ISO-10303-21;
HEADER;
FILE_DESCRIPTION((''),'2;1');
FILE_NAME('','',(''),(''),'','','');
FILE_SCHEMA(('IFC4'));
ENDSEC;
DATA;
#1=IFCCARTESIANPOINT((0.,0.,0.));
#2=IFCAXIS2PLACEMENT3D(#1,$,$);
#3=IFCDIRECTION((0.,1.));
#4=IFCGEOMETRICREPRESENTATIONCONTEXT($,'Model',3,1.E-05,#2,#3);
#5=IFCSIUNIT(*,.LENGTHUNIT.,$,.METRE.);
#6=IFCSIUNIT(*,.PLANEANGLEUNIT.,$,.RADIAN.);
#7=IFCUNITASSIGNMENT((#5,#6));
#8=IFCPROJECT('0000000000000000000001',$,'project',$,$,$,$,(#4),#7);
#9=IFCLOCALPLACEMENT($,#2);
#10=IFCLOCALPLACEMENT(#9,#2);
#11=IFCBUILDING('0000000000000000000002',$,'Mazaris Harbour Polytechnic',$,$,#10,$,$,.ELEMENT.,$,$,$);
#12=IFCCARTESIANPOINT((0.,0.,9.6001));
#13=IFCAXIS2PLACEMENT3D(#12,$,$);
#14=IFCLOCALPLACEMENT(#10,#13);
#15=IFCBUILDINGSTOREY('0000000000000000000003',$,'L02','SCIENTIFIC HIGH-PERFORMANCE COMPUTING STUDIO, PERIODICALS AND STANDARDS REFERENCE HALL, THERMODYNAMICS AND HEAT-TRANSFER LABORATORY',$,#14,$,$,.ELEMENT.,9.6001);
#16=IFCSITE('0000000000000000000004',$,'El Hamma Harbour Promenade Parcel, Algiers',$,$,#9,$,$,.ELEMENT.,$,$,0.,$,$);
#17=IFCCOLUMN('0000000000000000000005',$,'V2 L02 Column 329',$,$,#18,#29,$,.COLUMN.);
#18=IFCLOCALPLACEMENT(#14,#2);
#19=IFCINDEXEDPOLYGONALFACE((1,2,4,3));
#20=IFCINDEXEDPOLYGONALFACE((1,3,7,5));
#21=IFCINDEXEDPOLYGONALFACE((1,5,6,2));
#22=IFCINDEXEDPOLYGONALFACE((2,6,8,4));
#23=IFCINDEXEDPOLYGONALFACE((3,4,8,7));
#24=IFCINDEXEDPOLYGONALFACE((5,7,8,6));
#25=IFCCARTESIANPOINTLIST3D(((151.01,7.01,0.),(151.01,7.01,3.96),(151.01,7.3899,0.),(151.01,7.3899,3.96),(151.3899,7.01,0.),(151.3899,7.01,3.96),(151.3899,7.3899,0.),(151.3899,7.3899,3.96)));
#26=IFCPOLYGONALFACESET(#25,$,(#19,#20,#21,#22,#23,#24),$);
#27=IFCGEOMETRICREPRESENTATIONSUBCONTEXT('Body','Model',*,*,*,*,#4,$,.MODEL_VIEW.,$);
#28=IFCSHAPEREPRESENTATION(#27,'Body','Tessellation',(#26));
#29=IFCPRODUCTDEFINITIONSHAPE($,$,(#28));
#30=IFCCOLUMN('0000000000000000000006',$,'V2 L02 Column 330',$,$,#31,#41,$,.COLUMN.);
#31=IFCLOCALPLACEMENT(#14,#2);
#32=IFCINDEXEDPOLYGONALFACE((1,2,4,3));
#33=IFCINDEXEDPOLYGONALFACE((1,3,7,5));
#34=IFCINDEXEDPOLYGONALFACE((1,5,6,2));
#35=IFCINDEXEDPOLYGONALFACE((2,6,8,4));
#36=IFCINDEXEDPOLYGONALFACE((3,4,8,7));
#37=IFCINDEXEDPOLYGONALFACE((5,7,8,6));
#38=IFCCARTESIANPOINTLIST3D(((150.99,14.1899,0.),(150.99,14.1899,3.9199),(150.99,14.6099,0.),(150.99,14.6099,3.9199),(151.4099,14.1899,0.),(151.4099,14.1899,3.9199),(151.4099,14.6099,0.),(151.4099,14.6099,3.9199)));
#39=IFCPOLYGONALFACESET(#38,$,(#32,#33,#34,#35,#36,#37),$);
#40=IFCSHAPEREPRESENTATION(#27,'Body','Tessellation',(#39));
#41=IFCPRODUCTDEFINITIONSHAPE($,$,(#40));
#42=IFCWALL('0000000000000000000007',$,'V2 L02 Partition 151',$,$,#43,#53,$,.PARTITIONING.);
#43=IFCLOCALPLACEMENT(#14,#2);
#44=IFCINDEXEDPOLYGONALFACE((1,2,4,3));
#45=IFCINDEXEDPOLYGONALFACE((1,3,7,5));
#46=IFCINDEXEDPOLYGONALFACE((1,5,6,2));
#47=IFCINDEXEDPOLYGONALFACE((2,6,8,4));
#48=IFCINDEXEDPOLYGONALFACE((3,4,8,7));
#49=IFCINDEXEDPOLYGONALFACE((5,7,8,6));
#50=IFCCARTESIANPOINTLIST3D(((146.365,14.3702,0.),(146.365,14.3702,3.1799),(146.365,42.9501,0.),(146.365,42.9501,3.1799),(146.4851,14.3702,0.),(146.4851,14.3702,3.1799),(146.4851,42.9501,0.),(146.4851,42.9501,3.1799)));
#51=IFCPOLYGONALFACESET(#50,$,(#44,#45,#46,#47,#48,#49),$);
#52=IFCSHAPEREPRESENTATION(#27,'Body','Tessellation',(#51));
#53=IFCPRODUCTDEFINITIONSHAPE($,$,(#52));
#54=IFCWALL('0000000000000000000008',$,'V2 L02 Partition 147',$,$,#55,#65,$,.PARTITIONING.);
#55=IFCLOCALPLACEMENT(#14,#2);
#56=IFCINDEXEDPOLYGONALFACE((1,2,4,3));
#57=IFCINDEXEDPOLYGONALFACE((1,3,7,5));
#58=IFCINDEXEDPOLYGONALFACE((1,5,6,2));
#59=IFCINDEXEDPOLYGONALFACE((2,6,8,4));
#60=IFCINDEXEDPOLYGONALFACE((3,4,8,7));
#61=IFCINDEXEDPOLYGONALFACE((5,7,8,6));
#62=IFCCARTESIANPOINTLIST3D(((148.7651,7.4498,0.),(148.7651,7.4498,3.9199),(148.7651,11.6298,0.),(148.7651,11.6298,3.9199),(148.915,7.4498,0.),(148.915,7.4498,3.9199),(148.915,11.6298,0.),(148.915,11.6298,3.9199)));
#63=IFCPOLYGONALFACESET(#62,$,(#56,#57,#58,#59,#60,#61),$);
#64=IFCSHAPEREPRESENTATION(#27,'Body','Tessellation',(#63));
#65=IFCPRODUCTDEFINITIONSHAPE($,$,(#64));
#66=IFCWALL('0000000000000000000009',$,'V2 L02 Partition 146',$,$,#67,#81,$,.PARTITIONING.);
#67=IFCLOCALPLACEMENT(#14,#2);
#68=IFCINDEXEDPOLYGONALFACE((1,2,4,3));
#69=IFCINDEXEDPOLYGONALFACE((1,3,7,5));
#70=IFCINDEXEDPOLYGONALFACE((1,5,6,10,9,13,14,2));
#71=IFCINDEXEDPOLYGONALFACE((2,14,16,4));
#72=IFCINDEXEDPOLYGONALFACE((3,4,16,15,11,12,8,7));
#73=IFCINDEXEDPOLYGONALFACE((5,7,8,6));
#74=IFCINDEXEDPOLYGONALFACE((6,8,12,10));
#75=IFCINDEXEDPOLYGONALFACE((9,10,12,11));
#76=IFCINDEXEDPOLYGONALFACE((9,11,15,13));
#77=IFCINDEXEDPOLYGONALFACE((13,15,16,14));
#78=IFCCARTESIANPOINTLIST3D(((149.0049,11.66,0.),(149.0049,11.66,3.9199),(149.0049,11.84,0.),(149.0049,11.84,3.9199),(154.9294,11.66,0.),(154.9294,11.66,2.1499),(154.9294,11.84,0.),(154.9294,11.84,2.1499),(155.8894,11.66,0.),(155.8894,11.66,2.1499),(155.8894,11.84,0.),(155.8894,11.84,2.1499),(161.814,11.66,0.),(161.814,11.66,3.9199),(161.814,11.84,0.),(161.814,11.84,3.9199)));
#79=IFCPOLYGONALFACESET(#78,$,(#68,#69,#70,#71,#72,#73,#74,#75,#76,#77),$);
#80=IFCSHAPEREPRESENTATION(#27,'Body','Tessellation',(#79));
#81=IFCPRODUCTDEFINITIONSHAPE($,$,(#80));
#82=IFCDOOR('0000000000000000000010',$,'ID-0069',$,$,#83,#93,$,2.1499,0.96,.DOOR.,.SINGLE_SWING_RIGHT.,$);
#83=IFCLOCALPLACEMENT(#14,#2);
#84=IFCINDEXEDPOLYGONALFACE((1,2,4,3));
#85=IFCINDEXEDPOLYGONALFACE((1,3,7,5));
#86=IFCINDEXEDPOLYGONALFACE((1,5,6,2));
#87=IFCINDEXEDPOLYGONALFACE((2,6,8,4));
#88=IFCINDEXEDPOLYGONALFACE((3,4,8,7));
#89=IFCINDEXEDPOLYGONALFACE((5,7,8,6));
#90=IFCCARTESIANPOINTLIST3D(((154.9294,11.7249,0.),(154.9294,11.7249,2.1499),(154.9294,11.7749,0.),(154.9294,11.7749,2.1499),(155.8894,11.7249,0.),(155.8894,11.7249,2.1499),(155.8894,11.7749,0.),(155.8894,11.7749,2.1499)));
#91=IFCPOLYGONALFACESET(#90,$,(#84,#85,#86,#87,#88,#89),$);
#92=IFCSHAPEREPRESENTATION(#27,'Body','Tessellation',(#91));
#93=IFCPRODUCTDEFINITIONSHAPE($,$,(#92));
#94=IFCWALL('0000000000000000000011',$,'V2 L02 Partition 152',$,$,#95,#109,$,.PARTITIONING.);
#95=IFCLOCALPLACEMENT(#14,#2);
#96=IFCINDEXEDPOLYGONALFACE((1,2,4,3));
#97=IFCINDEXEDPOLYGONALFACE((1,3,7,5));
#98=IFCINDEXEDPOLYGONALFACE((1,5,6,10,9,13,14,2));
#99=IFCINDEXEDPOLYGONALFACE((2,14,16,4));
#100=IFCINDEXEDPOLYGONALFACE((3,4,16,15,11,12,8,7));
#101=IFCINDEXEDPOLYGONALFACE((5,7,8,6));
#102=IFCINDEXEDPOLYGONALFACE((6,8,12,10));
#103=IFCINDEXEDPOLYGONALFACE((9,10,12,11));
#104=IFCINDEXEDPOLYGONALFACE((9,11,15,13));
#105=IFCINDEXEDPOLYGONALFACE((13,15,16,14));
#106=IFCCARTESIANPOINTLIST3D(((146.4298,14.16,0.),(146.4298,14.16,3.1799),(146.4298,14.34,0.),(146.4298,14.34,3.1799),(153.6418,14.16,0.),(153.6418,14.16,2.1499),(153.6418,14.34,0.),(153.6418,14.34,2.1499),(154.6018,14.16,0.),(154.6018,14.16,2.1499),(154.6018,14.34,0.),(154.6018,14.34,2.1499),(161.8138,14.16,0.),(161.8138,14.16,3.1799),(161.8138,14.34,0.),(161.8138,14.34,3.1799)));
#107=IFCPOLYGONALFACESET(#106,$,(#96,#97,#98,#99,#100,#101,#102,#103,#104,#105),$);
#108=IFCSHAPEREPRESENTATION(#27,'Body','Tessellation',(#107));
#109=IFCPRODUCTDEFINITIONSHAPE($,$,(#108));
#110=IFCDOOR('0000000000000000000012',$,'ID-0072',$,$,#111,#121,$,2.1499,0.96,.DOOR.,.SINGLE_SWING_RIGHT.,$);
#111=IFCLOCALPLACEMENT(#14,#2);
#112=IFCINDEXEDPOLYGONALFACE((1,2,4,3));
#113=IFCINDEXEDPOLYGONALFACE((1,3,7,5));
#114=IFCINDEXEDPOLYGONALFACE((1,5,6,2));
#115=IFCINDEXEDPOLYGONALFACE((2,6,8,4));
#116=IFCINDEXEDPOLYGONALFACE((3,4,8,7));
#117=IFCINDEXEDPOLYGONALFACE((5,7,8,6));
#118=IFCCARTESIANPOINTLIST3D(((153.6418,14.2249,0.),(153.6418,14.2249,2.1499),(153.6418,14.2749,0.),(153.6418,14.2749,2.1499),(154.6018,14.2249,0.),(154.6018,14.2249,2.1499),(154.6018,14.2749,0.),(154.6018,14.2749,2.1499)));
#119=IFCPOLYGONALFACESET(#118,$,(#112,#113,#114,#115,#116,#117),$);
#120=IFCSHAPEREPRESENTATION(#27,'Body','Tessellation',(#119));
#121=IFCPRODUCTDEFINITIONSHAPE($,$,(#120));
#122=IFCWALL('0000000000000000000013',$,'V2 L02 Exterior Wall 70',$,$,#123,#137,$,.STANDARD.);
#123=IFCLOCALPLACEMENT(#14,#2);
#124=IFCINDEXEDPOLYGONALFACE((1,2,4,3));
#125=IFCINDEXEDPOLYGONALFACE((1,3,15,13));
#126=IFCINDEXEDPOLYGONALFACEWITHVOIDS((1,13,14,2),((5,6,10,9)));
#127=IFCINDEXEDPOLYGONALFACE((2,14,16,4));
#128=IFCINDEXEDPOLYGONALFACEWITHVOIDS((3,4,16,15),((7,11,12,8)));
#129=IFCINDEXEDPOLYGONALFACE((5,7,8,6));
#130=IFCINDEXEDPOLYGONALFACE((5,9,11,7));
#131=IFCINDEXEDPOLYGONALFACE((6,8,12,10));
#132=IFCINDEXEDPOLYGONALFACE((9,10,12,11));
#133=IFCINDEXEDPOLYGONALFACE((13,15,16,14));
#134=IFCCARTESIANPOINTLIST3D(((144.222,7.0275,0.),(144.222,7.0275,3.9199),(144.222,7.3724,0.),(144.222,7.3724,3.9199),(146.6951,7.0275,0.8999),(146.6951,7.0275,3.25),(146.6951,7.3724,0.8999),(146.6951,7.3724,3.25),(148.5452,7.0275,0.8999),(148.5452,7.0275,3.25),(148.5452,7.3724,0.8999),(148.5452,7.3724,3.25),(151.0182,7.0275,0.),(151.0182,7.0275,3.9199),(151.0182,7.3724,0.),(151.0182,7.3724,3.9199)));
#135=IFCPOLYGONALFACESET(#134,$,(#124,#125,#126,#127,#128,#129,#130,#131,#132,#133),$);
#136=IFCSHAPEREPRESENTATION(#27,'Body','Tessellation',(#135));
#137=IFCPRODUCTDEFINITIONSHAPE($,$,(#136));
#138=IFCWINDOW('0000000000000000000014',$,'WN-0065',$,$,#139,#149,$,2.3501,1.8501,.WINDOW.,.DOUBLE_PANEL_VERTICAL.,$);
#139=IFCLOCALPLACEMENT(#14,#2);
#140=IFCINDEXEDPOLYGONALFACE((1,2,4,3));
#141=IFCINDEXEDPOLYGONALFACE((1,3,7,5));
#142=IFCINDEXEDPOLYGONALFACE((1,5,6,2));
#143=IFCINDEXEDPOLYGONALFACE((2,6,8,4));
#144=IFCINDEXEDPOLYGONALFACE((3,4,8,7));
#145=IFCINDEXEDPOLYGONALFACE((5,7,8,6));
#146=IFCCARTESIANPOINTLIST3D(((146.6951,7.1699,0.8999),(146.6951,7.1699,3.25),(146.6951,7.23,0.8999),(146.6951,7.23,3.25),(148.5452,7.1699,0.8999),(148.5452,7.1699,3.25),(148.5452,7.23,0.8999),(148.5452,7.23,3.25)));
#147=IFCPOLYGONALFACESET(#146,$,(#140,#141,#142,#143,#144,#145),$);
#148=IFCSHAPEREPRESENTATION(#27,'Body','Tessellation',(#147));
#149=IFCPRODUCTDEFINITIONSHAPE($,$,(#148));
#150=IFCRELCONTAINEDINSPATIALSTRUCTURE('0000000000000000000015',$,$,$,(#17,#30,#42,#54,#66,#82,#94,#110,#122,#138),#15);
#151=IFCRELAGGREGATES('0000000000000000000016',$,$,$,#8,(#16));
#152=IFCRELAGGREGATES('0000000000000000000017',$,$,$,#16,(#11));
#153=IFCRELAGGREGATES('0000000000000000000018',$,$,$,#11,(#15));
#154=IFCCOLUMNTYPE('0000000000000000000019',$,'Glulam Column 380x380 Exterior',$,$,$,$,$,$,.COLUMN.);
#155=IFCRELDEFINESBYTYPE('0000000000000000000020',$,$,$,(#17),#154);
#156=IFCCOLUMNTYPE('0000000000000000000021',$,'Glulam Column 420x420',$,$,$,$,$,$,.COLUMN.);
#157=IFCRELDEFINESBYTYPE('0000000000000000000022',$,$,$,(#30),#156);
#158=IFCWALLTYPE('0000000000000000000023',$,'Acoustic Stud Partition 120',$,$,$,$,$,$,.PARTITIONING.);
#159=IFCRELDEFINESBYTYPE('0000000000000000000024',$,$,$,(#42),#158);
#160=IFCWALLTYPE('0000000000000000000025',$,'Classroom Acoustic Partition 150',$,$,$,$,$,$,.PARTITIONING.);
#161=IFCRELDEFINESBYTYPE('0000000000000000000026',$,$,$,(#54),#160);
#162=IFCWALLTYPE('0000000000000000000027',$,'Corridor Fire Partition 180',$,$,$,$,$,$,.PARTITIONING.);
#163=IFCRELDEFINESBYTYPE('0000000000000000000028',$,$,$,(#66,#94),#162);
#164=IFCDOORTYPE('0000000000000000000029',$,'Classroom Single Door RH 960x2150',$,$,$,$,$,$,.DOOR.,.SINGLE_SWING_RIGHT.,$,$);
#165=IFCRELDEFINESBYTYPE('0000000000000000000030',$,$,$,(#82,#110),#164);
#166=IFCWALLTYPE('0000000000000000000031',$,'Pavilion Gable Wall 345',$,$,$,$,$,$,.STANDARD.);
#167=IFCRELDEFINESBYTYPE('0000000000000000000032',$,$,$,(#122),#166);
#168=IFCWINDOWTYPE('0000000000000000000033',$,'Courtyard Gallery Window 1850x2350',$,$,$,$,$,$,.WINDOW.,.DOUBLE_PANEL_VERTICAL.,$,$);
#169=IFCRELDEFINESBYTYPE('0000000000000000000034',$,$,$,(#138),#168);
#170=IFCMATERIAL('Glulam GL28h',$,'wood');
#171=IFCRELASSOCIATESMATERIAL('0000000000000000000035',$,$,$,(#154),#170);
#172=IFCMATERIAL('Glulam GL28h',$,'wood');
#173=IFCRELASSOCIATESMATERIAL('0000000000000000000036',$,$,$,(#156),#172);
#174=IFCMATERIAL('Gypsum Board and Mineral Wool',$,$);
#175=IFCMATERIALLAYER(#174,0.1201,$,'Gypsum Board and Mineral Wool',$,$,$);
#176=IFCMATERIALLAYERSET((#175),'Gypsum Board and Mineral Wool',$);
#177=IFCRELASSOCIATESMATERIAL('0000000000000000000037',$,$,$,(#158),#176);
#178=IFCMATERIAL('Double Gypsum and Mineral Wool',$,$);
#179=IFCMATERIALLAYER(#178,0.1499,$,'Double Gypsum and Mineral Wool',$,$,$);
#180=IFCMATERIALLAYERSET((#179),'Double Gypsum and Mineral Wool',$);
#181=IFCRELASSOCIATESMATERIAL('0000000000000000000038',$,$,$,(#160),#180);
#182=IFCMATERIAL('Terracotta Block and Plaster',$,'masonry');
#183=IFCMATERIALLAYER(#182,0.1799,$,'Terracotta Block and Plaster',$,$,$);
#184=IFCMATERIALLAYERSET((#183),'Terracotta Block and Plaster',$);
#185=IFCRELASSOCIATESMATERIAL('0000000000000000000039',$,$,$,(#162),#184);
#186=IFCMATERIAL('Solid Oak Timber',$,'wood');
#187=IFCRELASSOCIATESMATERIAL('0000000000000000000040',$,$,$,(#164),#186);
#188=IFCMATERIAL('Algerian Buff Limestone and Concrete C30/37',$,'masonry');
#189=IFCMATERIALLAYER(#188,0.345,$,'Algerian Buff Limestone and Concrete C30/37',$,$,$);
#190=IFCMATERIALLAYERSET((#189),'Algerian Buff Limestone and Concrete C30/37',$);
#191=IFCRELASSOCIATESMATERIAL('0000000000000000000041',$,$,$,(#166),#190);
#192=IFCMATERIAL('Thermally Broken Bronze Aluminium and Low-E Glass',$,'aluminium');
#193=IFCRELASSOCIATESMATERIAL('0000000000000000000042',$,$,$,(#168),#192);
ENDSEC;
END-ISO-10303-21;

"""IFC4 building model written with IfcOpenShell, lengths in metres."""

from ifc_helpers import new_model, si_unit, direction, frame, frame_2d, origin, origin_2d, place, context, subcontext, project, spatial, rectangle, extrude, material, layer, layer_set, material_profile, profile_set, type_object, element, fill, save


model = new_model("IFC4")

# Units and contexts
model_context = context("Model", 3, precision=1e-05, world=origin(), true_north=direction((0.0, 1.0)))
body_context = subcontext(model_context, "Body", "Model", "MODEL_VIEW")
ifc_project = project(units=[si_unit("LENGTHUNIT", "METRE"), si_unit("PLANEANGLEUNIT", "RADIAN")], contexts=[model_context])

# Site, building, storey
site_placement = place(None, origin())
site = spatial("IfcSite", under=ifc_project, at=site_placement, Name="El Hamma Harbour Promenade Parcel, Algiers", CompositionType="ELEMENT", RefElevation=0.0)
building_placement = place(site_placement, origin())
building = spatial("IfcBuilding", under=site, at=building_placement, Name="Mazaris Harbour Polytechnic", CompositionType="ELEMENT")
storey_placement = place(building_placement, frame((0.0, 0.0, 9.6001)))
storey = spatial("IfcBuildingStorey", under=building, at=storey_placement, Name="L02", Description="SCIENTIFIC HIGH-PERFORMANCE COMPUTING STUDIO, PERIODICALS AND STANDARDS REFERENCE HALL, THERMODYNAMICS AND HEAT-TRANSFER LABORATORY", CompositionType="ELEMENT", Elevation=9.6001)

# Columns
ifc_material_1 = material(Name="Glulam GL28h", Category="wood")
ifc_material_profile_1 = material_profile(ifc_material_1, rectangle(XDim=0.3799, YDim=0.3799, at=origin_2d()), Name="RECT380x380")
ifc_profile_set_1 = profile_set([ifc_material_profile_1], Name="Glulam GL28h")
column_type_1 = type_object("IfcColumnType", Name="Glulam Column 380x380 Exterior", PredefinedType="COLUMN", material=ifc_profile_set_1)
column_1_placement = place(storey_placement, frame((151.2, 7.2, 0.0), z_axis=(0.0, 0.0, 1.0), x_axis=(1.0, 0.0, 0.0)))
element("IfcColumn", 1, at=column_1_placement, inside=storey, type_object=column_type_1, Name="V2 L02 Column 329", PredefinedType="COLUMN", context=body_context, shape_type="SweptSolid", body=[
    extrude(rectangle(XDim=0.3799, YDim=0.3799, at=origin_2d()), origin(), (0.0, 0.0, 1.0), 3.96),
])
ifc_material_2 = material(Name="Glulam GL28h", Category="wood")
ifc_material_profile_2 = material_profile(ifc_material_2, rectangle(XDim=0.4199, YDim=0.4199, at=origin_2d()), Name="RECT420x420")
ifc_profile_set_2 = profile_set([ifc_material_profile_2], Name="Glulam GL28h")
column_type_2 = type_object("IfcColumnType", Name="Glulam Column 420x420", PredefinedType="COLUMN", material=ifc_profile_set_2)
column_2_placement = place(storey_placement, frame((151.2, 14.3999, 0.0), z_axis=(0.0, 0.0, 1.0), x_axis=(1.0, 0.0, 0.0)))
element("IfcColumn", 2, at=column_2_placement, inside=storey, type_object=column_type_2, Name="V2 L02 Column 330", PredefinedType="COLUMN", context=body_context, shape_type="SweptSolid", body=[
    extrude(rectangle(XDim=0.4199, YDim=0.4199, at=origin_2d()), origin(), (0.0, 0.0, 1.0), 3.9199),
])

# Walls
ifc_material_3 = material(Name="Gypsum Board and Mineral Wool")
ifc_layer_1 = layer(ifc_material_3, 0.1201, Name="Gypsum Board and Mineral Wool")
ifc_layer_set_1 = layer_set([ifc_layer_1], Name="Gypsum Board and Mineral Wool")
wall_type_1 = type_object("IfcWallType", Name="Acoustic Stud Partition 120", PredefinedType="PARTITIONING", material=ifc_layer_set_1)
wall_1_placement = place(storey_placement, frame((146.425, 14.3701, 0.0), z_axis=(0.0, 0.0, 1.0), x_axis=(0.0, 1.0, 0.0)))
element("IfcWall", 3, at=wall_1_placement, inside=storey, type_object=wall_type_1, Name="V2 L02 Partition 151", PredefinedType="PARTITIONING", context=body_context, shape_type="SweptSolid", body=[
    extrude(rectangle(XDim=28.5798, YDim=0.1201, at=frame_2d((14.29, 0.0))), origin(), (0.0, 0.0, 1.0), 3.1799),
])
ifc_material_4 = material(Name="Double Gypsum and Mineral Wool")
ifc_layer_2 = layer(ifc_material_4, 0.1499, Name="Double Gypsum and Mineral Wool")
ifc_layer_set_2 = layer_set([ifc_layer_2], Name="Double Gypsum and Mineral Wool")
wall_type_2 = type_object("IfcWallType", Name="Classroom Acoustic Partition 150", PredefinedType="PARTITIONING", material=ifc_layer_set_2)
wall_2_placement = place(storey_placement, frame((148.8401, 7.45, 0.0), z_axis=(0.0, 0.0, 1.0), x_axis=(0.0, 1.0, 0.0)))
element("IfcWall", 4, at=wall_2_placement, inside=storey, type_object=wall_type_2, Name="V2 L02 Partition 147", PredefinedType="PARTITIONING", context=body_context, shape_type="SweptSolid", body=[
    extrude(rectangle(XDim=4.1799, YDim=0.1499, at=frame_2d((2.0898, 0.0))), origin(), (0.0, 0.0, 1.0), 3.9199),
])

# Walls, openings, doors
ifc_material_5 = material(Name="Terracotta Block and Plaster", Category="masonry")
ifc_layer_3 = layer(ifc_material_5, 0.1799, Name="Terracotta Block and Plaster")
ifc_layer_set_3 = layer_set([ifc_layer_3], Name="Terracotta Block and Plaster")
wall_type_3 = type_object("IfcWallType", Name="Corridor Fire Partition 180", PredefinedType="PARTITIONING", material=ifc_layer_set_3)
wall_3_placement = place(storey_placement, frame((149.0049, 11.75, 0.0), z_axis=(0.0, 0.0, 1.0), x_axis=(1.0, 0.0, 0.0)))
wall_3 = element("IfcWall", 5, at=wall_3_placement, inside=storey, type_object=wall_type_3, Name="V2 L02 Partition 146", PredefinedType="PARTITIONING", context=body_context, shape_type="SweptSolid", body=[
    extrude(rectangle(XDim=12.8091, YDim=0.1799, at=frame_2d((6.4045, 0.0))), origin(), (0.0, 0.0, 1.0), 3.9199),
])
opening_1_placement = place(wall_3_placement, frame((5.9246, 0.0, 0.0)))
opening_1 = element("IfcOpeningElement", 6, at=opening_1_placement, cuts=wall_3, PredefinedType="OPENING", context=body_context, shape_type="SweptSolid", body=[
    extrude(rectangle(XDim=0.96, YDim=2.1499, at=frame_2d((0.48, 1.075))), frame((0.0, 0.0999, 0.0), z_axis=(0.0, -1.0, 0.0), x_axis=(1.0, 0.0, 0.0)), (0.0, 0.0, 1.0), 0.2),
])
ifc_material_6 = material(Name="Solid Oak Timber", Category="wood")
door_type_1 = type_object("IfcDoorType", Name="Classroom Single Door RH 960x2150", OperationType="SINGLE_SWING_RIGHT", PredefinedType="DOOR", material=ifc_material_6)
door_1_placement = place(opening_1_placement, origin())
door_1 = element("IfcDoor", 7, at=door_1_placement, inside=storey, type_object=door_type_1, Name="ID-0069", OperationType="SINGLE_SWING_RIGHT", OverallHeight=2.1499, OverallWidth=0.96, PredefinedType="DOOR", context=body_context, shape_type="SweptSolid", body=[
    extrude(rectangle(XDim=0.96, YDim=2.1499, at=frame_2d((0.48, 1.075))), frame((0.0, 0.0249, 0.0), z_axis=(0.0, -1.0, 0.0), x_axis=(1.0, 0.0, 0.0)), (0.0, 0.0, 1.0), 0.05),
])
fill(opening_1, door_1)
wall_4_placement = place(storey_placement, frame((146.4299, 14.25, 0.0), z_axis=(0.0, 0.0, 1.0), x_axis=(1.0, 0.0, 0.0)))
wall_4 = element("IfcWall", 8, at=wall_4_placement, inside=storey, type_object=wall_type_3, Name="V2 L02 Partition 152", PredefinedType="PARTITIONING", context=body_context, shape_type="SweptSolid", body=[
    extrude(rectangle(XDim=15.384, YDim=0.1799, at=frame_2d((7.6919, 0.0))), origin(), (0.0, 0.0, 1.0), 3.1799),
])
opening_2_placement = place(wall_4_placement, frame((7.2119, 0.0, 0.0)))
opening_2 = element("IfcOpeningElement", 9, at=opening_2_placement, cuts=wall_4, PredefinedType="OPENING", context=body_context, shape_type="SweptSolid", body=[
    extrude(rectangle(XDim=0.96, YDim=2.1499, at=frame_2d((0.48, 1.075))), frame((0.0, 0.0999, 0.0), z_axis=(0.0, -1.0, 0.0), x_axis=(1.0, 0.0, 0.0)), (0.0, 0.0, 1.0), 0.2),
])
door_2_placement = place(opening_2_placement, origin())
door_2 = element("IfcDoor", 10, at=door_2_placement, inside=storey, type_object=door_type_1, Name="ID-0072", OperationType="SINGLE_SWING_RIGHT", OverallHeight=2.1499, OverallWidth=0.96, PredefinedType="DOOR", context=body_context, shape_type="SweptSolid", body=[
    extrude(rectangle(XDim=0.96, YDim=2.1499, at=frame_2d((0.48, 1.075))), frame((0.0, 0.0249, 0.0), z_axis=(0.0, -1.0, 0.0), x_axis=(1.0, 0.0, 0.0)), (0.0, 0.0, 1.0), 0.05),
])
fill(opening_2, door_2)

# Wall, opening, window
ifc_material_7 = material(Name="Algerian Buff Limestone and Concrete C30/37", Category="masonry")
ifc_layer_4 = layer(ifc_material_7, 0.345, Name="Algerian Buff Limestone and Concrete C30/37")
ifc_layer_set_4 = layer_set([ifc_layer_4], Name="Algerian Buff Limestone and Concrete C30/37")
wall_type_4 = type_object("IfcWallType", Name="Pavilion Gable Wall 345", PredefinedType="STANDARD", material=ifc_layer_set_4)
wall_5_placement = place(storey_placement, frame((151.0181, 7.2, 0.0), z_axis=(0.0, 0.0, 1.0), x_axis=(-1.0, 0.0, 0.0)))
wall_5 = element("IfcWall", 11, at=wall_5_placement, inside=storey, type_object=wall_type_4, Name="V2 L02 Exterior Wall 70", PredefinedType="STANDARD", context=body_context, shape_type="SweptSolid", body=[
    extrude(rectangle(XDim=6.7961, YDim=0.345, at=frame_2d((3.3979, 0.0))), origin(), (0.0, 0.0, 1.0), 3.9199),
])
opening_3_placement = place(wall_5_placement, frame((2.4729, 0.0, 0.8999)))
opening_3 = element("IfcOpeningElement", 12, at=opening_3_placement, cuts=wall_5, PredefinedType="OPENING", context=body_context, shape_type="SweptSolid", body=[
    extrude(rectangle(XDim=1.8501, YDim=2.3501, at=frame_2d((0.925, 1.175))), frame((0.0, 0.1824, 0.0), z_axis=(0.0, -1.0, 0.0), x_axis=(1.0, 0.0, 0.0)), (0.0, 0.0, 1.0), 0.365),
])
ifc_material_8 = material(Name="Thermally Broken Bronze Aluminium and Low-E Glass", Category="aluminium")
window_type = type_object("IfcWindowType", Name="Courtyard Gallery Window 1850x2350", PartitioningType="DOUBLE_PANEL_VERTICAL", PredefinedType="WINDOW", material=ifc_material_8)
window_placement = place(opening_3_placement, origin())
window = element("IfcWindow", 13, at=window_placement, inside=storey, type_object=window_type, Name="WN-0065", OverallHeight=2.3501, OverallWidth=1.8501, PartitioningType="DOUBLE_PANEL_VERTICAL", PredefinedType="WINDOW", context=body_context, shape_type="SweptSolid", body=[
    extrude(rectangle(XDim=1.8501, YDim=2.3501, at=frame_2d((0.925, 1.175))), frame((0.0, 0.03, 0.0), z_axis=(0.0, -1.0, 0.0), x_axis=(1.0, 0.0, 0.0)), (0.0, 0.0, 1.0), 0.0601),
])
fill(opening_3, window)

save(model, "model.ifc")
